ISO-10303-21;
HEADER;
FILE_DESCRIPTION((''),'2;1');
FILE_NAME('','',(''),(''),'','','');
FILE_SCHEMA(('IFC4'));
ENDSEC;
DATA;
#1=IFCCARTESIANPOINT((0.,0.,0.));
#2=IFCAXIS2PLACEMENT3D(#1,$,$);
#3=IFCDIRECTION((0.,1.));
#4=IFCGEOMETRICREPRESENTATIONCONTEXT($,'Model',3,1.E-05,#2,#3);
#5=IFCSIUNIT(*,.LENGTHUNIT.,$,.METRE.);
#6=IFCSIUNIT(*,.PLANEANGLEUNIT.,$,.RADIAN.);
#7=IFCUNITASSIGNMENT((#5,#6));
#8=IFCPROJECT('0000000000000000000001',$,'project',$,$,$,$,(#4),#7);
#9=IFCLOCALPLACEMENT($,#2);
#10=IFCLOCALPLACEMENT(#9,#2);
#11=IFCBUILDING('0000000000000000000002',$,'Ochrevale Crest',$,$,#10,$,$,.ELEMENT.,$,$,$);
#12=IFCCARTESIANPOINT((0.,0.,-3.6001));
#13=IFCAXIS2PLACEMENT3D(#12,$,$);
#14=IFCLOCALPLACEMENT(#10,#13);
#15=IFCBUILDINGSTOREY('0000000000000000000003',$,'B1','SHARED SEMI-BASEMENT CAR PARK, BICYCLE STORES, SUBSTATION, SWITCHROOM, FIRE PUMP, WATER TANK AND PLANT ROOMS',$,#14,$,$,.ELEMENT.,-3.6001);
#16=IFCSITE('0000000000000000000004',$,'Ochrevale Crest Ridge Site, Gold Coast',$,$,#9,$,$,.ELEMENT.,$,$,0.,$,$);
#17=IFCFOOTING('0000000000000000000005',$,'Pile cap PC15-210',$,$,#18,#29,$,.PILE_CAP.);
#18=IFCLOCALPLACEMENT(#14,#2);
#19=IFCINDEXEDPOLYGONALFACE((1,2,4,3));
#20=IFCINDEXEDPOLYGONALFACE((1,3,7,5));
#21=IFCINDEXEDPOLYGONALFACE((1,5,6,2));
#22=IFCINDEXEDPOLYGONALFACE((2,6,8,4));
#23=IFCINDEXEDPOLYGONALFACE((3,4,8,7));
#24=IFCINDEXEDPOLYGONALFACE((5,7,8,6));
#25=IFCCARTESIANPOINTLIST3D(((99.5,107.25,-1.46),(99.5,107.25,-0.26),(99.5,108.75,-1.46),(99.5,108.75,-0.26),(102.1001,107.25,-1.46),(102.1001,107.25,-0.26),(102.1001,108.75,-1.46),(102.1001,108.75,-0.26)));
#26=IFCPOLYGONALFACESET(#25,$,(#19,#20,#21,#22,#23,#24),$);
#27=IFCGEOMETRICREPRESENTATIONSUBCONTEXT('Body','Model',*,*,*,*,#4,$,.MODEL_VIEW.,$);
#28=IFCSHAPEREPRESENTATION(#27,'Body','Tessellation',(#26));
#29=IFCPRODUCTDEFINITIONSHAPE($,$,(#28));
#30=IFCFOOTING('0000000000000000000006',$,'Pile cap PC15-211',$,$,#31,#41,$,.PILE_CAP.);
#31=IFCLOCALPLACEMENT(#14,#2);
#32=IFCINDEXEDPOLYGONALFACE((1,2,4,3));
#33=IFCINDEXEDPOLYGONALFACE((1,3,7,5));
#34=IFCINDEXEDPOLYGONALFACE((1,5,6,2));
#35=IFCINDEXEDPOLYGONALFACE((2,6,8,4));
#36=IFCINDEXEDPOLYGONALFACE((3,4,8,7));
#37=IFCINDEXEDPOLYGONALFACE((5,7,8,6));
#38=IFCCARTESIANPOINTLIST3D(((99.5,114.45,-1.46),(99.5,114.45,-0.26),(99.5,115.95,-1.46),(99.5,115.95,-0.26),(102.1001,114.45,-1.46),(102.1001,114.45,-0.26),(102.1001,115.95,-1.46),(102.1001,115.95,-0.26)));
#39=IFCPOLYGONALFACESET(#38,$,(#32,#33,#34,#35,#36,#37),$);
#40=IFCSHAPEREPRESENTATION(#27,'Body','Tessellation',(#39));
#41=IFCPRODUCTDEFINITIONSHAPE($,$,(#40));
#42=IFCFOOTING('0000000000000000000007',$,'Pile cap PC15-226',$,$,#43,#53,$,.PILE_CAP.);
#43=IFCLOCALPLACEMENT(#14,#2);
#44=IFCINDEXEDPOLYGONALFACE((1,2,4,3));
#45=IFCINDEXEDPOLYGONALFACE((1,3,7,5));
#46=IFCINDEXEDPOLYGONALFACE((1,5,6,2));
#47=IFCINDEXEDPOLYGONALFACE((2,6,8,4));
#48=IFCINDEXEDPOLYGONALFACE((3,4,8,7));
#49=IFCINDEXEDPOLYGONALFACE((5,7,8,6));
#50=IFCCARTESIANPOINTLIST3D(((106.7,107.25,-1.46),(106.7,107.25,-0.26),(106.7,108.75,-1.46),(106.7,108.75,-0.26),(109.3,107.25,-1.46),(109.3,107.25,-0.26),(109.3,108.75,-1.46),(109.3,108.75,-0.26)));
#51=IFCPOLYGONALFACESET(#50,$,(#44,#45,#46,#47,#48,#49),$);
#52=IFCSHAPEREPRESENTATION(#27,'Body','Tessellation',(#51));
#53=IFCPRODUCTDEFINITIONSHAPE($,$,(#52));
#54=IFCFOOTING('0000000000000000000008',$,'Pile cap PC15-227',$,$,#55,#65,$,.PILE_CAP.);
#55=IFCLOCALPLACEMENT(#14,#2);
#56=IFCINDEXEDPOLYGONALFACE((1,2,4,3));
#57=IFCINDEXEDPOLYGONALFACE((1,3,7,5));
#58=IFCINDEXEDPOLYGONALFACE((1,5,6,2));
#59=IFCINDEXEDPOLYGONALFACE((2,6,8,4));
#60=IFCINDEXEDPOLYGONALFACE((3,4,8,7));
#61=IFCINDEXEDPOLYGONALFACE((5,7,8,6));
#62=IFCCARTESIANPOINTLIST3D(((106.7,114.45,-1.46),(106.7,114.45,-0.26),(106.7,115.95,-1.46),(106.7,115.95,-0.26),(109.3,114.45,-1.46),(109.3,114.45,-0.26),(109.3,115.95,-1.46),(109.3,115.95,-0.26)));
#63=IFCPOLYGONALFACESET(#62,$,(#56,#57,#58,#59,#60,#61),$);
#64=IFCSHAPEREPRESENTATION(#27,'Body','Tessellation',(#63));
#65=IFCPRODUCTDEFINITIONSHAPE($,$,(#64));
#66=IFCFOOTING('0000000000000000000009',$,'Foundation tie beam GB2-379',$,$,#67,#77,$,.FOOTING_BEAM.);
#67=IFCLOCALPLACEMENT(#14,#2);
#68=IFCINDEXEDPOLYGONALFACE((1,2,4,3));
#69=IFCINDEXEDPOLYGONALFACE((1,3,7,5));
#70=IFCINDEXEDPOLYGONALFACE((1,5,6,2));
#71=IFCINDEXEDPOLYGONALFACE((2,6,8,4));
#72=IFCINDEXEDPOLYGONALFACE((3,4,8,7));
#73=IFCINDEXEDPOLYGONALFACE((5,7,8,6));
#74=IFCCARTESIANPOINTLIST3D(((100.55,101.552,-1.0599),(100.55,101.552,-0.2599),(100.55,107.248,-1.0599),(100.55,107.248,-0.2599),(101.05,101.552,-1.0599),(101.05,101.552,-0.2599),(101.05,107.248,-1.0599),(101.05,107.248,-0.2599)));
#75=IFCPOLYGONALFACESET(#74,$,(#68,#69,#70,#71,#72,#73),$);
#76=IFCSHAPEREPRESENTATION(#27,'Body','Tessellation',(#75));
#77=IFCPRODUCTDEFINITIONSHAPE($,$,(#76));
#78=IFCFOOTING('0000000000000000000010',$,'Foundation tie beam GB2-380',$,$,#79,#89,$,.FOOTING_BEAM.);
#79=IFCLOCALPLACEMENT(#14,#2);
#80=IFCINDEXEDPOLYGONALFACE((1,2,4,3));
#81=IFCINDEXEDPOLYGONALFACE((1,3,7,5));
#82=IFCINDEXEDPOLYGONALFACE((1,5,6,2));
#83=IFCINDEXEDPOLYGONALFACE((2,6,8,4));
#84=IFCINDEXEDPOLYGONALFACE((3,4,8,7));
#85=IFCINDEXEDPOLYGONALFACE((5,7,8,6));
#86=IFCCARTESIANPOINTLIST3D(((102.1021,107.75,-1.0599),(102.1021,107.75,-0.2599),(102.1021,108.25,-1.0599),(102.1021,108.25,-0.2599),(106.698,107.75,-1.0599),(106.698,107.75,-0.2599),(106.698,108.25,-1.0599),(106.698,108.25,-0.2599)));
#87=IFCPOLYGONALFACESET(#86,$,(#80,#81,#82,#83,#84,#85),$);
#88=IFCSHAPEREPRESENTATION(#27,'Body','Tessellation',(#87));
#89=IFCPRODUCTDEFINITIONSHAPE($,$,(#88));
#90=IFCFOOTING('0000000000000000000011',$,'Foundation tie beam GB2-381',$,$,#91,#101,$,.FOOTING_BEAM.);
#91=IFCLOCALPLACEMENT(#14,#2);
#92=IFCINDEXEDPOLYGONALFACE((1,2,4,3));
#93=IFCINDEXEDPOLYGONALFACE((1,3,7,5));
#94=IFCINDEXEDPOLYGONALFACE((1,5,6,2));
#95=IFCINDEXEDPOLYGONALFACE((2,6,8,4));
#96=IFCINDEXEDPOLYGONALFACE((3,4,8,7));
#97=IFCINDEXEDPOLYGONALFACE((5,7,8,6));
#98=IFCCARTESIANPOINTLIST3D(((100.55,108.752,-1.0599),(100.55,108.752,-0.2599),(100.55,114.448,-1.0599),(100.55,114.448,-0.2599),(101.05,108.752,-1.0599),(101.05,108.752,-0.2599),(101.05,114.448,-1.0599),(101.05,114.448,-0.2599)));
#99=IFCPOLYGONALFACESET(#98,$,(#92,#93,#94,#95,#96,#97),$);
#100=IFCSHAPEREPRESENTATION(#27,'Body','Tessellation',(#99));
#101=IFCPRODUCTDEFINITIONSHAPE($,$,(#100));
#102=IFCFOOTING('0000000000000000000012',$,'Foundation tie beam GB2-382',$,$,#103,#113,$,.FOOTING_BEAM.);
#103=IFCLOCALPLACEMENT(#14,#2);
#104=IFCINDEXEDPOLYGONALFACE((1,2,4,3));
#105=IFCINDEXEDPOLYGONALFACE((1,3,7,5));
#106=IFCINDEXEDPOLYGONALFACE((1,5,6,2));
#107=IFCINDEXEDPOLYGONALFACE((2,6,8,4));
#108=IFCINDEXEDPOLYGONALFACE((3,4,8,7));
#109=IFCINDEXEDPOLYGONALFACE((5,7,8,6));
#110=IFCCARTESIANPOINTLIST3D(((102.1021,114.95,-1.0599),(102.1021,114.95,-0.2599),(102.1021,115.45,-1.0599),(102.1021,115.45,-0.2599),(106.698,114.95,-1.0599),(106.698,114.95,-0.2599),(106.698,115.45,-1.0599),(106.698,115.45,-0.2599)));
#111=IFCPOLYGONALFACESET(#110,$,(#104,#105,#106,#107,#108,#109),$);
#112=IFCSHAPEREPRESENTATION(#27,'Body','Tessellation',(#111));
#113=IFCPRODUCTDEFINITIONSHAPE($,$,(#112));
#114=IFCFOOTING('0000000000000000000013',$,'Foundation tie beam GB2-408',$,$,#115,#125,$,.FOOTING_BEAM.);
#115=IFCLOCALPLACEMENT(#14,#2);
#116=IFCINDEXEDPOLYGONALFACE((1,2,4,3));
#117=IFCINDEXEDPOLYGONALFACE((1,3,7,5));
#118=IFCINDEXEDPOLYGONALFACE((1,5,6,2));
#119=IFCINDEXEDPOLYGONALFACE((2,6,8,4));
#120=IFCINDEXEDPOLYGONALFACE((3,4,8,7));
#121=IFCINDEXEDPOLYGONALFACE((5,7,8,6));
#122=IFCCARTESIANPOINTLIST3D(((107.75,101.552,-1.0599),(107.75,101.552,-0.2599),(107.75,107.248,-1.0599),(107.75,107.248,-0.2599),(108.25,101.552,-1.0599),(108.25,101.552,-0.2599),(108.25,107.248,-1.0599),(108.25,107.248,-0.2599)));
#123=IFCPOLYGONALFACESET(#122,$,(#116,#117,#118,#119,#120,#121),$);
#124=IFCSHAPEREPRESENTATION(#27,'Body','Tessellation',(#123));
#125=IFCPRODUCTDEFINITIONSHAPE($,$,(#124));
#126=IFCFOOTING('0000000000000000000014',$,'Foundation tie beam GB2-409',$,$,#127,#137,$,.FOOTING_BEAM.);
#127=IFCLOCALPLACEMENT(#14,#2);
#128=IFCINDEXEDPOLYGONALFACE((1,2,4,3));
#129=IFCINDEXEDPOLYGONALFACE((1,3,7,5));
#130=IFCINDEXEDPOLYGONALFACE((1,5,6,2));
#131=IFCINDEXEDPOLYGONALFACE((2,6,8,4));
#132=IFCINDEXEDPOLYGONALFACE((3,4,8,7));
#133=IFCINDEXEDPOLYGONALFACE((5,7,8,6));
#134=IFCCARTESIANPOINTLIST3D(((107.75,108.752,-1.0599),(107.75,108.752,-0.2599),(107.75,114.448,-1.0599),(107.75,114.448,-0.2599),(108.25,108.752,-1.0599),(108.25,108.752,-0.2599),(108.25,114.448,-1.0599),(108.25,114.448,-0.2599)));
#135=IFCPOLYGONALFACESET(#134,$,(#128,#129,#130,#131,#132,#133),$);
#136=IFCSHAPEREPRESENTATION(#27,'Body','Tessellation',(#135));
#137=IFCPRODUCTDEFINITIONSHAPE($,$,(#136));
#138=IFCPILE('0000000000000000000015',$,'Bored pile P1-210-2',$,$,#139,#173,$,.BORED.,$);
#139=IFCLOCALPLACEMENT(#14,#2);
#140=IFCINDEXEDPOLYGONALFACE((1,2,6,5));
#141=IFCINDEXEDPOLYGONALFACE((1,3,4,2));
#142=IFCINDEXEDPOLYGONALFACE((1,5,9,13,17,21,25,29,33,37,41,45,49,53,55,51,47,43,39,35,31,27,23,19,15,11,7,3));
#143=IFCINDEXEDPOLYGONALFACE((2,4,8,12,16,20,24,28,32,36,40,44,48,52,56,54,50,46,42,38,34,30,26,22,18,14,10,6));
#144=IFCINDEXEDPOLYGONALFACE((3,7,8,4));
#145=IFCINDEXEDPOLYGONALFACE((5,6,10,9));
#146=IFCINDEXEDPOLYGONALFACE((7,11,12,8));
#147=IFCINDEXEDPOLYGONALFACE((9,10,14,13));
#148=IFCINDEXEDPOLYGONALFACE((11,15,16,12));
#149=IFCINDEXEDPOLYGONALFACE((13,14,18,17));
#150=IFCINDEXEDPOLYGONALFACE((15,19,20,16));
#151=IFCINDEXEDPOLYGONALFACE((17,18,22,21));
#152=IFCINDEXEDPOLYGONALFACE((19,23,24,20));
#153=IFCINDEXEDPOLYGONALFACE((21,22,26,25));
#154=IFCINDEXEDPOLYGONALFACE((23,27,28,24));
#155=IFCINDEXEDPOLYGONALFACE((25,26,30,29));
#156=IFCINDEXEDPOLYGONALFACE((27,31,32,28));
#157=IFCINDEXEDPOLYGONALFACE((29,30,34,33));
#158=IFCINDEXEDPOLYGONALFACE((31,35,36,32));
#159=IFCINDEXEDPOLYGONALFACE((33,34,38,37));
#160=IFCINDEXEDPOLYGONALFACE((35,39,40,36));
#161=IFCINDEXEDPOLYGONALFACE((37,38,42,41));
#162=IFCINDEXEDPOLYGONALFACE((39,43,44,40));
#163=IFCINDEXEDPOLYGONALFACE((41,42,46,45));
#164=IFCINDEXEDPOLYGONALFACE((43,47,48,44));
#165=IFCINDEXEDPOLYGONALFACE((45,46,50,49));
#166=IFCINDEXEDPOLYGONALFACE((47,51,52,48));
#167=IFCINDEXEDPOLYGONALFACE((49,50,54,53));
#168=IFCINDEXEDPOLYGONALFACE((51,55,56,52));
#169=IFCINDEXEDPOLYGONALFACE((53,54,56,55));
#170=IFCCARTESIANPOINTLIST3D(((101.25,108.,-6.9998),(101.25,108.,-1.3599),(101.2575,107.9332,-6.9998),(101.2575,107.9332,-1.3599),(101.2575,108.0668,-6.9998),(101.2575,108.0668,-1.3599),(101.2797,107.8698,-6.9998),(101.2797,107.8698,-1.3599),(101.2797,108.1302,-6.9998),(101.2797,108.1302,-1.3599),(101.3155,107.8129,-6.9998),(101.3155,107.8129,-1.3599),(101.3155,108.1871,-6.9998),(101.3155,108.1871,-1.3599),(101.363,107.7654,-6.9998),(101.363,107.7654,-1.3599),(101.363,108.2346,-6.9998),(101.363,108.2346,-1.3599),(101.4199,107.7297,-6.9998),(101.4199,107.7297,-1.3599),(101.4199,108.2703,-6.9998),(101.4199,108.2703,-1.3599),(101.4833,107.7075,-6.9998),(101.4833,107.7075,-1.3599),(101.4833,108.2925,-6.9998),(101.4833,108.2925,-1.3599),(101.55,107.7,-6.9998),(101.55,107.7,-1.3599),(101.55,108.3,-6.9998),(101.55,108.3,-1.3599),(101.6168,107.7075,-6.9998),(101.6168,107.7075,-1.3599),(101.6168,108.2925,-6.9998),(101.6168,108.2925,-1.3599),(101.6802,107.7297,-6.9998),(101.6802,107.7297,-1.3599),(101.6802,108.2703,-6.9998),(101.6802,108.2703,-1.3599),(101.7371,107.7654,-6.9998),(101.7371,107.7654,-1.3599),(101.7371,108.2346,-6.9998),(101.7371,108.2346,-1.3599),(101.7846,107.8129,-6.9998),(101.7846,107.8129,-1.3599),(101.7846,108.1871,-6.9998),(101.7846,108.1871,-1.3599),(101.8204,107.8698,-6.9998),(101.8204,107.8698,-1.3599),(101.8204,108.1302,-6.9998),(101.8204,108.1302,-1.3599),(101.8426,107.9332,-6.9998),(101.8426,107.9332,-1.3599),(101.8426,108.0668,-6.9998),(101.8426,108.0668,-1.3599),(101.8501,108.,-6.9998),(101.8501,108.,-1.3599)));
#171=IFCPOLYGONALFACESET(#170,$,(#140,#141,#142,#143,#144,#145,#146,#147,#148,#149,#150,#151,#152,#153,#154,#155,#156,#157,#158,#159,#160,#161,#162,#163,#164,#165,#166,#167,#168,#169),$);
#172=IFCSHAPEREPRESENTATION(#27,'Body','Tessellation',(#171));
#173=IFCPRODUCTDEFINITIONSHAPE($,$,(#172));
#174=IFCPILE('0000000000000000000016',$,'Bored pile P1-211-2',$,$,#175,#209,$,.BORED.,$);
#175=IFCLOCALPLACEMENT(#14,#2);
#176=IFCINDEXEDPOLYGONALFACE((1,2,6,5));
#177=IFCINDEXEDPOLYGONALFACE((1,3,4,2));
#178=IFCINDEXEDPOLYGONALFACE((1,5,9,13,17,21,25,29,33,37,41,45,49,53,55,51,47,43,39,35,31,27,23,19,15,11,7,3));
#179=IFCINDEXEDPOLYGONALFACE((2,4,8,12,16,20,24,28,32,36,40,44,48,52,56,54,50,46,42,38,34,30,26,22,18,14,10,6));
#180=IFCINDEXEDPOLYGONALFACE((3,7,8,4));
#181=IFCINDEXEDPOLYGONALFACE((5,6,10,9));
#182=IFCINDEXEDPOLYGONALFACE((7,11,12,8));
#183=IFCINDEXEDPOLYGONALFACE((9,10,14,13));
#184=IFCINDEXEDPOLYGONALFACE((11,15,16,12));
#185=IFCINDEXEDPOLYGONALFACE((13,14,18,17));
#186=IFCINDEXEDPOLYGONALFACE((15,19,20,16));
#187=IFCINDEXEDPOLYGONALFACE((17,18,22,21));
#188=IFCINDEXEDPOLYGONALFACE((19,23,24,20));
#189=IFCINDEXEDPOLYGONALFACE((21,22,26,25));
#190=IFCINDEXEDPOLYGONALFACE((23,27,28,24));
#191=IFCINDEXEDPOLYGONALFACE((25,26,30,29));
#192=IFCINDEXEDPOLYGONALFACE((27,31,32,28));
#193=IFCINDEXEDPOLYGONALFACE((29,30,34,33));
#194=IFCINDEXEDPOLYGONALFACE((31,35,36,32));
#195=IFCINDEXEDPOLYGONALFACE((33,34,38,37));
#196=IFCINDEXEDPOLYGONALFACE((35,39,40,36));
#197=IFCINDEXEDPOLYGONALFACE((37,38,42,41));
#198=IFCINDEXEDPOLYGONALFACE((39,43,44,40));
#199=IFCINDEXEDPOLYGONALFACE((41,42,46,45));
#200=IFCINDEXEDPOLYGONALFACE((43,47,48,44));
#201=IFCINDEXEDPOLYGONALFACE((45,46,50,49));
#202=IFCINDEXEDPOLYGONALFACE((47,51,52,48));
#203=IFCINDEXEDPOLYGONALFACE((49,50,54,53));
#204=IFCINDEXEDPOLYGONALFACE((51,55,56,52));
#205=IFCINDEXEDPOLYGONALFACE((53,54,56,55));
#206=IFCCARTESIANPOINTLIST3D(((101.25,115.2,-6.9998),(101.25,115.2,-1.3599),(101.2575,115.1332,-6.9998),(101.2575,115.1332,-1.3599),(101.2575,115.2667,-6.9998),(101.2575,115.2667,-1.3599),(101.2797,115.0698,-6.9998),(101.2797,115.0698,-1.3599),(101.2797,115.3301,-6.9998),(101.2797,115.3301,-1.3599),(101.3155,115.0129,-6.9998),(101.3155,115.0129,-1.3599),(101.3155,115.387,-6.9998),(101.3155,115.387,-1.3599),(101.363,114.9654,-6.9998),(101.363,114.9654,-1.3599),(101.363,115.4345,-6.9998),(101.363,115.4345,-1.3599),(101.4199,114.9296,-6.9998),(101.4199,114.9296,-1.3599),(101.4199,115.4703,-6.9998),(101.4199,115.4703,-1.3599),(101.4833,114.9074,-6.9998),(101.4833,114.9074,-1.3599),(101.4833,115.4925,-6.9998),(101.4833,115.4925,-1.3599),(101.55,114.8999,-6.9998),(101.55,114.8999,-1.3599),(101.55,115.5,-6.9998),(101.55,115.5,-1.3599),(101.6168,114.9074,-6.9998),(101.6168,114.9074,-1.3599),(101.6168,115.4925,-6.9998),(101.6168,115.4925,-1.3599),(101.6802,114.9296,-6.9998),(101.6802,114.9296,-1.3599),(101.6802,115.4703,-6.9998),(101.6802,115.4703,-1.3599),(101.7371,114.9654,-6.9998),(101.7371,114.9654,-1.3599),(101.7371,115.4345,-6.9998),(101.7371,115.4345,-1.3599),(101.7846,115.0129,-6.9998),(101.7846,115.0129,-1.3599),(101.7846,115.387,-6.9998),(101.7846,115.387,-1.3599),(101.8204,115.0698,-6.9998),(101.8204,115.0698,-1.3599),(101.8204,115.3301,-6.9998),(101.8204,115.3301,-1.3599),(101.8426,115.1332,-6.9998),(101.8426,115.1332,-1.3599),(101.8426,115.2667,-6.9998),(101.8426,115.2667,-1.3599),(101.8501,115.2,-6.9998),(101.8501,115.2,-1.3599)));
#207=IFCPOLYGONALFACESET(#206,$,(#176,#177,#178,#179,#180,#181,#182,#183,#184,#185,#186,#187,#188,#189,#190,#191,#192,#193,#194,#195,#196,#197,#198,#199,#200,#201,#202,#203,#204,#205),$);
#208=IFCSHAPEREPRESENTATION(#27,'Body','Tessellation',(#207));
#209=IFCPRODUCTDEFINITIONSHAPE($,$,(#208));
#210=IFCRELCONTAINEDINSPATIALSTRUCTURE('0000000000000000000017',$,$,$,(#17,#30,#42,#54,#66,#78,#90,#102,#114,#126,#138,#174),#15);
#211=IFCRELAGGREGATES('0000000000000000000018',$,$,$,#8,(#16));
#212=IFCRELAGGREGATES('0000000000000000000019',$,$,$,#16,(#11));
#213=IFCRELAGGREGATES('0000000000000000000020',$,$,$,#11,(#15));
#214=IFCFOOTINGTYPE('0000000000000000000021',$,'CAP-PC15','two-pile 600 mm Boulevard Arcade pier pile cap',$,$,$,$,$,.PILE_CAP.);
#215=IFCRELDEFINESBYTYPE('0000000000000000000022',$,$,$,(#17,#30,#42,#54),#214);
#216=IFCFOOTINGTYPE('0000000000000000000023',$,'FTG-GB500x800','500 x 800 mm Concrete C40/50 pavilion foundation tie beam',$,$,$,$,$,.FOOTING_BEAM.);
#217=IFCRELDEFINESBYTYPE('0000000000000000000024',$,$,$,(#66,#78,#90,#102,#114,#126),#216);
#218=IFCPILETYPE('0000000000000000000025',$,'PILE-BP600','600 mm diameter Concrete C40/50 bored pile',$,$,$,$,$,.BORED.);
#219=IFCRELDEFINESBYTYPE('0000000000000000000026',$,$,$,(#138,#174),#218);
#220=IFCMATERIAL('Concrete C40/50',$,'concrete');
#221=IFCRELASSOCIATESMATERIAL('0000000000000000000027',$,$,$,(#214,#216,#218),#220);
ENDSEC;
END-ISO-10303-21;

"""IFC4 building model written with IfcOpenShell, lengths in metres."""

from ifc_helpers import new_model, si_unit, direction, frame, origin, origin_2d, place, context, subcontext, project, spatial, rectangle, circle, extrude, material, material_profile, profile_set, type_object, element, save


model = new_model("IFC4")

# Units and contexts
model_context = context("Model", 3, precision=1e-05, world=origin(), true_north=direction((0.0, 1.0)))
body_context = subcontext(model_context, "Body", "Model", "MODEL_VIEW")
ifc_project = project(units=[si_unit("LENGTHUNIT", "METRE"), si_unit("PLANEANGLEUNIT", "RADIAN")], contexts=[model_context])

# Site, building, storey
site_placement = place(None, origin())
site = spatial("IfcSite", under=ifc_project, at=site_placement, Name="Ochrevale Crest Ridge Site, Gold Coast", CompositionType="ELEMENT", RefElevation=0.0)
building_placement = place(site_placement, origin())
building = spatial("IfcBuilding", under=site, at=building_placement, Name="Ochrevale Crest", CompositionType="ELEMENT")
storey_placement = place(building_placement, frame((0.0, 0.0, -3.6001)))
storey = spatial("IfcBuildingStorey", under=building, at=storey_placement, Name="B1", Description="SHARED SEMI-BASEMENT CAR PARK, BICYCLE STORES, SUBSTATION, SWITCHROOM, FIRE PUMP, WATER TANK AND PLANT ROOMS", CompositionType="ELEMENT", Elevation=-3.6001)

# Footings
ifc_material_1 = material(Name="Concrete C40/50", Category="concrete")
footing_type_1 = type_object("IfcFootingType", Name="CAP-PC15", Description="two-pile 600 mm Boulevard Arcade pier pile cap", PredefinedType="PILE_CAP", material=ifc_material_1)
for number, where, z_axis, x_axis, name in (
    (1, (100.8, 108.0, -1.46), (0.0, 0.0, 1.0), (1.0, 0.0, 0.0), "Pile cap PC15-210"),
    (2, (100.8, 115.2, -1.46), (0.0, 0.0, 1.0), (1.0, 0.0, 0.0), "Pile cap PC15-211"),
    (3, (108.0, 108.0, -1.46), (0.0, 0.0, 1.0), (1.0, 0.0, 0.0), "Pile cap PC15-226"),
    (4, (108.0, 115.2, -1.46), (0.0, 0.0, 1.0), (1.0, 0.0, 0.0), "Pile cap PC15-227"),
):
    element("IfcFooting", number, at=place(storey_placement, frame(where, z_axis=z_axis, x_axis=x_axis)), inside=storey, type_object=footing_type_1, Name=name, PredefinedType="PILE_CAP", context=body_context, shape_type="SweptSolid", body=[
        extrude(rectangle(XDim=2.6001, YDim=1.5, at=origin_2d()), origin(), (0.0, 0.0, 1.0), 1.2),
    ])
ifc_material_profile_1 = material_profile(ifc_material_1, rectangle(XDim=0.5, YDim=0.8, at=origin_2d()), Name="GB 500x800")
ifc_profile_set_1 = profile_set([ifc_material_profile_1], Name="Concrete C40/50")
footing_type_2 = type_object("IfcFootingType", Name="FTG-GB500x800", Description="500 x 800 mm Concrete C40/50 pavilion foundation tie beam", PredefinedType="FOOTING_BEAM", material=ifc_profile_set_1)
footing_1_placement = place(storey_placement, frame((100.8, 101.552, -0.6599), z_axis=(0.0, 1.0, 0.0), x_axis=(-1.0, 0.0, 0.0)))
element("IfcFooting", 5, at=footing_1_placement, inside=storey, type_object=footing_type_2, Name="Foundation tie beam GB2-379", PredefinedType="FOOTING_BEAM", context=body_context, shape_type="SweptSolid", body=[
    extrude(rectangle(XDim=0.5, YDim=0.8, at=origin_2d()), origin(), (0.0, 0.0, 1.0), 5.696),
])
footing_2_placement = place(storey_placement, frame((102.1021, 108.0, -0.6599), z_axis=(1.0, 0.0, 0.0), x_axis=(0.0, 1.0, 0.0)))
element("IfcFooting", 6, at=footing_2_placement, inside=storey, type_object=footing_type_2, Name="Foundation tie beam GB2-380", PredefinedType="FOOTING_BEAM", context=body_context, shape_type="SweptSolid", body=[
    extrude(rectangle(XDim=0.5, YDim=0.8, at=origin_2d()), origin(), (0.0, 0.0, 1.0), 4.5959),
])
footing_3_placement = place(storey_placement, frame((100.8, 108.752, -0.6599), z_axis=(0.0, 1.0, 0.0), x_axis=(-1.0, 0.0, 0.0)))
element("IfcFooting", 7, at=footing_3_placement, inside=storey, type_object=footing_type_2, Name="Foundation tie beam GB2-381", PredefinedType="FOOTING_BEAM", context=body_context, shape_type="SweptSolid", body=[
    extrude(rectangle(XDim=0.5, YDim=0.8, at=origin_2d()), origin(), (0.0, 0.0, 1.0), 5.696),
])
footing_4_placement = place(storey_placement, frame((102.1021, 115.2, -0.6599), z_axis=(1.0, 0.0, 0.0), x_axis=(0.0, 1.0, 0.0)))
element("IfcFooting", 8, at=footing_4_placement, inside=storey, type_object=footing_type_2, Name="Foundation tie beam GB2-382", PredefinedType="FOOTING_BEAM", context=body_context, shape_type="SweptSolid", body=[
    extrude(rectangle(XDim=0.5, YDim=0.8, at=origin_2d()), origin(), (0.0, 0.0, 1.0), 4.5959),
])
for number, where, z_axis, x_axis, name in (
    (9, (108.0, 101.552, -0.6599), (0.0, 1.0, 0.0), (-1.0, 0.0, 0.0), "Foundation tie beam GB2-408"),
    (10, (108.0, 108.752, -0.6599), (0.0, 1.0, 0.0), (-1.0, 0.0, 0.0), "Foundation tie beam GB2-409"),
):
    element("IfcFooting", number, at=place(storey_placement, frame(where, z_axis=z_axis, x_axis=x_axis)), inside=storey, type_object=footing_type_2, Name=name, PredefinedType="FOOTING_BEAM", context=body_context, shape_type="SweptSolid", body=[
        extrude(rectangle(XDim=0.5, YDim=0.8, at=origin_2d()), origin(), (0.0, 0.0, 1.0), 5.696),
    ])

# Piles
ifc_material_profile_2 = material_profile(ifc_material_1, circle(Radius=0.3, at=origin_2d()), Name="BORED PILE 600")
ifc_profile_set_2 = profile_set([ifc_material_profile_2], Name="Concrete C40/50")
pile_type = type_object("IfcPileType", Name="PILE-BP600", Description="600 mm diameter Concrete C40/50 bored pile", PredefinedType="BORED", material=ifc_profile_set_2)
for number, where, z_axis, x_axis, name in (
    (11, (101.55, 108.0, -1.3599), (0.0, 0.0, -1.0), (1.0, 0.0, 0.0), "Bored pile P1-210-2"),
    (12, (101.55, 115.2, -1.3599), (0.0, 0.0, -1.0), (1.0, 0.0, 0.0), "Bored pile P1-211-2"),
):
    element("IfcPile", number, at=place(storey_placement, frame(where, z_axis=z_axis, x_axis=x_axis)), inside=storey, type_object=pile_type, Name=name, PredefinedType="BORED", context=body_context, shape_type="SweptSolid", body=[
        extrude(circle(Radius=0.3, at=origin_2d()), origin(), (0.0, 0.0, 1.0), 5.6399),
    ])

save(model, "model.ifc")
